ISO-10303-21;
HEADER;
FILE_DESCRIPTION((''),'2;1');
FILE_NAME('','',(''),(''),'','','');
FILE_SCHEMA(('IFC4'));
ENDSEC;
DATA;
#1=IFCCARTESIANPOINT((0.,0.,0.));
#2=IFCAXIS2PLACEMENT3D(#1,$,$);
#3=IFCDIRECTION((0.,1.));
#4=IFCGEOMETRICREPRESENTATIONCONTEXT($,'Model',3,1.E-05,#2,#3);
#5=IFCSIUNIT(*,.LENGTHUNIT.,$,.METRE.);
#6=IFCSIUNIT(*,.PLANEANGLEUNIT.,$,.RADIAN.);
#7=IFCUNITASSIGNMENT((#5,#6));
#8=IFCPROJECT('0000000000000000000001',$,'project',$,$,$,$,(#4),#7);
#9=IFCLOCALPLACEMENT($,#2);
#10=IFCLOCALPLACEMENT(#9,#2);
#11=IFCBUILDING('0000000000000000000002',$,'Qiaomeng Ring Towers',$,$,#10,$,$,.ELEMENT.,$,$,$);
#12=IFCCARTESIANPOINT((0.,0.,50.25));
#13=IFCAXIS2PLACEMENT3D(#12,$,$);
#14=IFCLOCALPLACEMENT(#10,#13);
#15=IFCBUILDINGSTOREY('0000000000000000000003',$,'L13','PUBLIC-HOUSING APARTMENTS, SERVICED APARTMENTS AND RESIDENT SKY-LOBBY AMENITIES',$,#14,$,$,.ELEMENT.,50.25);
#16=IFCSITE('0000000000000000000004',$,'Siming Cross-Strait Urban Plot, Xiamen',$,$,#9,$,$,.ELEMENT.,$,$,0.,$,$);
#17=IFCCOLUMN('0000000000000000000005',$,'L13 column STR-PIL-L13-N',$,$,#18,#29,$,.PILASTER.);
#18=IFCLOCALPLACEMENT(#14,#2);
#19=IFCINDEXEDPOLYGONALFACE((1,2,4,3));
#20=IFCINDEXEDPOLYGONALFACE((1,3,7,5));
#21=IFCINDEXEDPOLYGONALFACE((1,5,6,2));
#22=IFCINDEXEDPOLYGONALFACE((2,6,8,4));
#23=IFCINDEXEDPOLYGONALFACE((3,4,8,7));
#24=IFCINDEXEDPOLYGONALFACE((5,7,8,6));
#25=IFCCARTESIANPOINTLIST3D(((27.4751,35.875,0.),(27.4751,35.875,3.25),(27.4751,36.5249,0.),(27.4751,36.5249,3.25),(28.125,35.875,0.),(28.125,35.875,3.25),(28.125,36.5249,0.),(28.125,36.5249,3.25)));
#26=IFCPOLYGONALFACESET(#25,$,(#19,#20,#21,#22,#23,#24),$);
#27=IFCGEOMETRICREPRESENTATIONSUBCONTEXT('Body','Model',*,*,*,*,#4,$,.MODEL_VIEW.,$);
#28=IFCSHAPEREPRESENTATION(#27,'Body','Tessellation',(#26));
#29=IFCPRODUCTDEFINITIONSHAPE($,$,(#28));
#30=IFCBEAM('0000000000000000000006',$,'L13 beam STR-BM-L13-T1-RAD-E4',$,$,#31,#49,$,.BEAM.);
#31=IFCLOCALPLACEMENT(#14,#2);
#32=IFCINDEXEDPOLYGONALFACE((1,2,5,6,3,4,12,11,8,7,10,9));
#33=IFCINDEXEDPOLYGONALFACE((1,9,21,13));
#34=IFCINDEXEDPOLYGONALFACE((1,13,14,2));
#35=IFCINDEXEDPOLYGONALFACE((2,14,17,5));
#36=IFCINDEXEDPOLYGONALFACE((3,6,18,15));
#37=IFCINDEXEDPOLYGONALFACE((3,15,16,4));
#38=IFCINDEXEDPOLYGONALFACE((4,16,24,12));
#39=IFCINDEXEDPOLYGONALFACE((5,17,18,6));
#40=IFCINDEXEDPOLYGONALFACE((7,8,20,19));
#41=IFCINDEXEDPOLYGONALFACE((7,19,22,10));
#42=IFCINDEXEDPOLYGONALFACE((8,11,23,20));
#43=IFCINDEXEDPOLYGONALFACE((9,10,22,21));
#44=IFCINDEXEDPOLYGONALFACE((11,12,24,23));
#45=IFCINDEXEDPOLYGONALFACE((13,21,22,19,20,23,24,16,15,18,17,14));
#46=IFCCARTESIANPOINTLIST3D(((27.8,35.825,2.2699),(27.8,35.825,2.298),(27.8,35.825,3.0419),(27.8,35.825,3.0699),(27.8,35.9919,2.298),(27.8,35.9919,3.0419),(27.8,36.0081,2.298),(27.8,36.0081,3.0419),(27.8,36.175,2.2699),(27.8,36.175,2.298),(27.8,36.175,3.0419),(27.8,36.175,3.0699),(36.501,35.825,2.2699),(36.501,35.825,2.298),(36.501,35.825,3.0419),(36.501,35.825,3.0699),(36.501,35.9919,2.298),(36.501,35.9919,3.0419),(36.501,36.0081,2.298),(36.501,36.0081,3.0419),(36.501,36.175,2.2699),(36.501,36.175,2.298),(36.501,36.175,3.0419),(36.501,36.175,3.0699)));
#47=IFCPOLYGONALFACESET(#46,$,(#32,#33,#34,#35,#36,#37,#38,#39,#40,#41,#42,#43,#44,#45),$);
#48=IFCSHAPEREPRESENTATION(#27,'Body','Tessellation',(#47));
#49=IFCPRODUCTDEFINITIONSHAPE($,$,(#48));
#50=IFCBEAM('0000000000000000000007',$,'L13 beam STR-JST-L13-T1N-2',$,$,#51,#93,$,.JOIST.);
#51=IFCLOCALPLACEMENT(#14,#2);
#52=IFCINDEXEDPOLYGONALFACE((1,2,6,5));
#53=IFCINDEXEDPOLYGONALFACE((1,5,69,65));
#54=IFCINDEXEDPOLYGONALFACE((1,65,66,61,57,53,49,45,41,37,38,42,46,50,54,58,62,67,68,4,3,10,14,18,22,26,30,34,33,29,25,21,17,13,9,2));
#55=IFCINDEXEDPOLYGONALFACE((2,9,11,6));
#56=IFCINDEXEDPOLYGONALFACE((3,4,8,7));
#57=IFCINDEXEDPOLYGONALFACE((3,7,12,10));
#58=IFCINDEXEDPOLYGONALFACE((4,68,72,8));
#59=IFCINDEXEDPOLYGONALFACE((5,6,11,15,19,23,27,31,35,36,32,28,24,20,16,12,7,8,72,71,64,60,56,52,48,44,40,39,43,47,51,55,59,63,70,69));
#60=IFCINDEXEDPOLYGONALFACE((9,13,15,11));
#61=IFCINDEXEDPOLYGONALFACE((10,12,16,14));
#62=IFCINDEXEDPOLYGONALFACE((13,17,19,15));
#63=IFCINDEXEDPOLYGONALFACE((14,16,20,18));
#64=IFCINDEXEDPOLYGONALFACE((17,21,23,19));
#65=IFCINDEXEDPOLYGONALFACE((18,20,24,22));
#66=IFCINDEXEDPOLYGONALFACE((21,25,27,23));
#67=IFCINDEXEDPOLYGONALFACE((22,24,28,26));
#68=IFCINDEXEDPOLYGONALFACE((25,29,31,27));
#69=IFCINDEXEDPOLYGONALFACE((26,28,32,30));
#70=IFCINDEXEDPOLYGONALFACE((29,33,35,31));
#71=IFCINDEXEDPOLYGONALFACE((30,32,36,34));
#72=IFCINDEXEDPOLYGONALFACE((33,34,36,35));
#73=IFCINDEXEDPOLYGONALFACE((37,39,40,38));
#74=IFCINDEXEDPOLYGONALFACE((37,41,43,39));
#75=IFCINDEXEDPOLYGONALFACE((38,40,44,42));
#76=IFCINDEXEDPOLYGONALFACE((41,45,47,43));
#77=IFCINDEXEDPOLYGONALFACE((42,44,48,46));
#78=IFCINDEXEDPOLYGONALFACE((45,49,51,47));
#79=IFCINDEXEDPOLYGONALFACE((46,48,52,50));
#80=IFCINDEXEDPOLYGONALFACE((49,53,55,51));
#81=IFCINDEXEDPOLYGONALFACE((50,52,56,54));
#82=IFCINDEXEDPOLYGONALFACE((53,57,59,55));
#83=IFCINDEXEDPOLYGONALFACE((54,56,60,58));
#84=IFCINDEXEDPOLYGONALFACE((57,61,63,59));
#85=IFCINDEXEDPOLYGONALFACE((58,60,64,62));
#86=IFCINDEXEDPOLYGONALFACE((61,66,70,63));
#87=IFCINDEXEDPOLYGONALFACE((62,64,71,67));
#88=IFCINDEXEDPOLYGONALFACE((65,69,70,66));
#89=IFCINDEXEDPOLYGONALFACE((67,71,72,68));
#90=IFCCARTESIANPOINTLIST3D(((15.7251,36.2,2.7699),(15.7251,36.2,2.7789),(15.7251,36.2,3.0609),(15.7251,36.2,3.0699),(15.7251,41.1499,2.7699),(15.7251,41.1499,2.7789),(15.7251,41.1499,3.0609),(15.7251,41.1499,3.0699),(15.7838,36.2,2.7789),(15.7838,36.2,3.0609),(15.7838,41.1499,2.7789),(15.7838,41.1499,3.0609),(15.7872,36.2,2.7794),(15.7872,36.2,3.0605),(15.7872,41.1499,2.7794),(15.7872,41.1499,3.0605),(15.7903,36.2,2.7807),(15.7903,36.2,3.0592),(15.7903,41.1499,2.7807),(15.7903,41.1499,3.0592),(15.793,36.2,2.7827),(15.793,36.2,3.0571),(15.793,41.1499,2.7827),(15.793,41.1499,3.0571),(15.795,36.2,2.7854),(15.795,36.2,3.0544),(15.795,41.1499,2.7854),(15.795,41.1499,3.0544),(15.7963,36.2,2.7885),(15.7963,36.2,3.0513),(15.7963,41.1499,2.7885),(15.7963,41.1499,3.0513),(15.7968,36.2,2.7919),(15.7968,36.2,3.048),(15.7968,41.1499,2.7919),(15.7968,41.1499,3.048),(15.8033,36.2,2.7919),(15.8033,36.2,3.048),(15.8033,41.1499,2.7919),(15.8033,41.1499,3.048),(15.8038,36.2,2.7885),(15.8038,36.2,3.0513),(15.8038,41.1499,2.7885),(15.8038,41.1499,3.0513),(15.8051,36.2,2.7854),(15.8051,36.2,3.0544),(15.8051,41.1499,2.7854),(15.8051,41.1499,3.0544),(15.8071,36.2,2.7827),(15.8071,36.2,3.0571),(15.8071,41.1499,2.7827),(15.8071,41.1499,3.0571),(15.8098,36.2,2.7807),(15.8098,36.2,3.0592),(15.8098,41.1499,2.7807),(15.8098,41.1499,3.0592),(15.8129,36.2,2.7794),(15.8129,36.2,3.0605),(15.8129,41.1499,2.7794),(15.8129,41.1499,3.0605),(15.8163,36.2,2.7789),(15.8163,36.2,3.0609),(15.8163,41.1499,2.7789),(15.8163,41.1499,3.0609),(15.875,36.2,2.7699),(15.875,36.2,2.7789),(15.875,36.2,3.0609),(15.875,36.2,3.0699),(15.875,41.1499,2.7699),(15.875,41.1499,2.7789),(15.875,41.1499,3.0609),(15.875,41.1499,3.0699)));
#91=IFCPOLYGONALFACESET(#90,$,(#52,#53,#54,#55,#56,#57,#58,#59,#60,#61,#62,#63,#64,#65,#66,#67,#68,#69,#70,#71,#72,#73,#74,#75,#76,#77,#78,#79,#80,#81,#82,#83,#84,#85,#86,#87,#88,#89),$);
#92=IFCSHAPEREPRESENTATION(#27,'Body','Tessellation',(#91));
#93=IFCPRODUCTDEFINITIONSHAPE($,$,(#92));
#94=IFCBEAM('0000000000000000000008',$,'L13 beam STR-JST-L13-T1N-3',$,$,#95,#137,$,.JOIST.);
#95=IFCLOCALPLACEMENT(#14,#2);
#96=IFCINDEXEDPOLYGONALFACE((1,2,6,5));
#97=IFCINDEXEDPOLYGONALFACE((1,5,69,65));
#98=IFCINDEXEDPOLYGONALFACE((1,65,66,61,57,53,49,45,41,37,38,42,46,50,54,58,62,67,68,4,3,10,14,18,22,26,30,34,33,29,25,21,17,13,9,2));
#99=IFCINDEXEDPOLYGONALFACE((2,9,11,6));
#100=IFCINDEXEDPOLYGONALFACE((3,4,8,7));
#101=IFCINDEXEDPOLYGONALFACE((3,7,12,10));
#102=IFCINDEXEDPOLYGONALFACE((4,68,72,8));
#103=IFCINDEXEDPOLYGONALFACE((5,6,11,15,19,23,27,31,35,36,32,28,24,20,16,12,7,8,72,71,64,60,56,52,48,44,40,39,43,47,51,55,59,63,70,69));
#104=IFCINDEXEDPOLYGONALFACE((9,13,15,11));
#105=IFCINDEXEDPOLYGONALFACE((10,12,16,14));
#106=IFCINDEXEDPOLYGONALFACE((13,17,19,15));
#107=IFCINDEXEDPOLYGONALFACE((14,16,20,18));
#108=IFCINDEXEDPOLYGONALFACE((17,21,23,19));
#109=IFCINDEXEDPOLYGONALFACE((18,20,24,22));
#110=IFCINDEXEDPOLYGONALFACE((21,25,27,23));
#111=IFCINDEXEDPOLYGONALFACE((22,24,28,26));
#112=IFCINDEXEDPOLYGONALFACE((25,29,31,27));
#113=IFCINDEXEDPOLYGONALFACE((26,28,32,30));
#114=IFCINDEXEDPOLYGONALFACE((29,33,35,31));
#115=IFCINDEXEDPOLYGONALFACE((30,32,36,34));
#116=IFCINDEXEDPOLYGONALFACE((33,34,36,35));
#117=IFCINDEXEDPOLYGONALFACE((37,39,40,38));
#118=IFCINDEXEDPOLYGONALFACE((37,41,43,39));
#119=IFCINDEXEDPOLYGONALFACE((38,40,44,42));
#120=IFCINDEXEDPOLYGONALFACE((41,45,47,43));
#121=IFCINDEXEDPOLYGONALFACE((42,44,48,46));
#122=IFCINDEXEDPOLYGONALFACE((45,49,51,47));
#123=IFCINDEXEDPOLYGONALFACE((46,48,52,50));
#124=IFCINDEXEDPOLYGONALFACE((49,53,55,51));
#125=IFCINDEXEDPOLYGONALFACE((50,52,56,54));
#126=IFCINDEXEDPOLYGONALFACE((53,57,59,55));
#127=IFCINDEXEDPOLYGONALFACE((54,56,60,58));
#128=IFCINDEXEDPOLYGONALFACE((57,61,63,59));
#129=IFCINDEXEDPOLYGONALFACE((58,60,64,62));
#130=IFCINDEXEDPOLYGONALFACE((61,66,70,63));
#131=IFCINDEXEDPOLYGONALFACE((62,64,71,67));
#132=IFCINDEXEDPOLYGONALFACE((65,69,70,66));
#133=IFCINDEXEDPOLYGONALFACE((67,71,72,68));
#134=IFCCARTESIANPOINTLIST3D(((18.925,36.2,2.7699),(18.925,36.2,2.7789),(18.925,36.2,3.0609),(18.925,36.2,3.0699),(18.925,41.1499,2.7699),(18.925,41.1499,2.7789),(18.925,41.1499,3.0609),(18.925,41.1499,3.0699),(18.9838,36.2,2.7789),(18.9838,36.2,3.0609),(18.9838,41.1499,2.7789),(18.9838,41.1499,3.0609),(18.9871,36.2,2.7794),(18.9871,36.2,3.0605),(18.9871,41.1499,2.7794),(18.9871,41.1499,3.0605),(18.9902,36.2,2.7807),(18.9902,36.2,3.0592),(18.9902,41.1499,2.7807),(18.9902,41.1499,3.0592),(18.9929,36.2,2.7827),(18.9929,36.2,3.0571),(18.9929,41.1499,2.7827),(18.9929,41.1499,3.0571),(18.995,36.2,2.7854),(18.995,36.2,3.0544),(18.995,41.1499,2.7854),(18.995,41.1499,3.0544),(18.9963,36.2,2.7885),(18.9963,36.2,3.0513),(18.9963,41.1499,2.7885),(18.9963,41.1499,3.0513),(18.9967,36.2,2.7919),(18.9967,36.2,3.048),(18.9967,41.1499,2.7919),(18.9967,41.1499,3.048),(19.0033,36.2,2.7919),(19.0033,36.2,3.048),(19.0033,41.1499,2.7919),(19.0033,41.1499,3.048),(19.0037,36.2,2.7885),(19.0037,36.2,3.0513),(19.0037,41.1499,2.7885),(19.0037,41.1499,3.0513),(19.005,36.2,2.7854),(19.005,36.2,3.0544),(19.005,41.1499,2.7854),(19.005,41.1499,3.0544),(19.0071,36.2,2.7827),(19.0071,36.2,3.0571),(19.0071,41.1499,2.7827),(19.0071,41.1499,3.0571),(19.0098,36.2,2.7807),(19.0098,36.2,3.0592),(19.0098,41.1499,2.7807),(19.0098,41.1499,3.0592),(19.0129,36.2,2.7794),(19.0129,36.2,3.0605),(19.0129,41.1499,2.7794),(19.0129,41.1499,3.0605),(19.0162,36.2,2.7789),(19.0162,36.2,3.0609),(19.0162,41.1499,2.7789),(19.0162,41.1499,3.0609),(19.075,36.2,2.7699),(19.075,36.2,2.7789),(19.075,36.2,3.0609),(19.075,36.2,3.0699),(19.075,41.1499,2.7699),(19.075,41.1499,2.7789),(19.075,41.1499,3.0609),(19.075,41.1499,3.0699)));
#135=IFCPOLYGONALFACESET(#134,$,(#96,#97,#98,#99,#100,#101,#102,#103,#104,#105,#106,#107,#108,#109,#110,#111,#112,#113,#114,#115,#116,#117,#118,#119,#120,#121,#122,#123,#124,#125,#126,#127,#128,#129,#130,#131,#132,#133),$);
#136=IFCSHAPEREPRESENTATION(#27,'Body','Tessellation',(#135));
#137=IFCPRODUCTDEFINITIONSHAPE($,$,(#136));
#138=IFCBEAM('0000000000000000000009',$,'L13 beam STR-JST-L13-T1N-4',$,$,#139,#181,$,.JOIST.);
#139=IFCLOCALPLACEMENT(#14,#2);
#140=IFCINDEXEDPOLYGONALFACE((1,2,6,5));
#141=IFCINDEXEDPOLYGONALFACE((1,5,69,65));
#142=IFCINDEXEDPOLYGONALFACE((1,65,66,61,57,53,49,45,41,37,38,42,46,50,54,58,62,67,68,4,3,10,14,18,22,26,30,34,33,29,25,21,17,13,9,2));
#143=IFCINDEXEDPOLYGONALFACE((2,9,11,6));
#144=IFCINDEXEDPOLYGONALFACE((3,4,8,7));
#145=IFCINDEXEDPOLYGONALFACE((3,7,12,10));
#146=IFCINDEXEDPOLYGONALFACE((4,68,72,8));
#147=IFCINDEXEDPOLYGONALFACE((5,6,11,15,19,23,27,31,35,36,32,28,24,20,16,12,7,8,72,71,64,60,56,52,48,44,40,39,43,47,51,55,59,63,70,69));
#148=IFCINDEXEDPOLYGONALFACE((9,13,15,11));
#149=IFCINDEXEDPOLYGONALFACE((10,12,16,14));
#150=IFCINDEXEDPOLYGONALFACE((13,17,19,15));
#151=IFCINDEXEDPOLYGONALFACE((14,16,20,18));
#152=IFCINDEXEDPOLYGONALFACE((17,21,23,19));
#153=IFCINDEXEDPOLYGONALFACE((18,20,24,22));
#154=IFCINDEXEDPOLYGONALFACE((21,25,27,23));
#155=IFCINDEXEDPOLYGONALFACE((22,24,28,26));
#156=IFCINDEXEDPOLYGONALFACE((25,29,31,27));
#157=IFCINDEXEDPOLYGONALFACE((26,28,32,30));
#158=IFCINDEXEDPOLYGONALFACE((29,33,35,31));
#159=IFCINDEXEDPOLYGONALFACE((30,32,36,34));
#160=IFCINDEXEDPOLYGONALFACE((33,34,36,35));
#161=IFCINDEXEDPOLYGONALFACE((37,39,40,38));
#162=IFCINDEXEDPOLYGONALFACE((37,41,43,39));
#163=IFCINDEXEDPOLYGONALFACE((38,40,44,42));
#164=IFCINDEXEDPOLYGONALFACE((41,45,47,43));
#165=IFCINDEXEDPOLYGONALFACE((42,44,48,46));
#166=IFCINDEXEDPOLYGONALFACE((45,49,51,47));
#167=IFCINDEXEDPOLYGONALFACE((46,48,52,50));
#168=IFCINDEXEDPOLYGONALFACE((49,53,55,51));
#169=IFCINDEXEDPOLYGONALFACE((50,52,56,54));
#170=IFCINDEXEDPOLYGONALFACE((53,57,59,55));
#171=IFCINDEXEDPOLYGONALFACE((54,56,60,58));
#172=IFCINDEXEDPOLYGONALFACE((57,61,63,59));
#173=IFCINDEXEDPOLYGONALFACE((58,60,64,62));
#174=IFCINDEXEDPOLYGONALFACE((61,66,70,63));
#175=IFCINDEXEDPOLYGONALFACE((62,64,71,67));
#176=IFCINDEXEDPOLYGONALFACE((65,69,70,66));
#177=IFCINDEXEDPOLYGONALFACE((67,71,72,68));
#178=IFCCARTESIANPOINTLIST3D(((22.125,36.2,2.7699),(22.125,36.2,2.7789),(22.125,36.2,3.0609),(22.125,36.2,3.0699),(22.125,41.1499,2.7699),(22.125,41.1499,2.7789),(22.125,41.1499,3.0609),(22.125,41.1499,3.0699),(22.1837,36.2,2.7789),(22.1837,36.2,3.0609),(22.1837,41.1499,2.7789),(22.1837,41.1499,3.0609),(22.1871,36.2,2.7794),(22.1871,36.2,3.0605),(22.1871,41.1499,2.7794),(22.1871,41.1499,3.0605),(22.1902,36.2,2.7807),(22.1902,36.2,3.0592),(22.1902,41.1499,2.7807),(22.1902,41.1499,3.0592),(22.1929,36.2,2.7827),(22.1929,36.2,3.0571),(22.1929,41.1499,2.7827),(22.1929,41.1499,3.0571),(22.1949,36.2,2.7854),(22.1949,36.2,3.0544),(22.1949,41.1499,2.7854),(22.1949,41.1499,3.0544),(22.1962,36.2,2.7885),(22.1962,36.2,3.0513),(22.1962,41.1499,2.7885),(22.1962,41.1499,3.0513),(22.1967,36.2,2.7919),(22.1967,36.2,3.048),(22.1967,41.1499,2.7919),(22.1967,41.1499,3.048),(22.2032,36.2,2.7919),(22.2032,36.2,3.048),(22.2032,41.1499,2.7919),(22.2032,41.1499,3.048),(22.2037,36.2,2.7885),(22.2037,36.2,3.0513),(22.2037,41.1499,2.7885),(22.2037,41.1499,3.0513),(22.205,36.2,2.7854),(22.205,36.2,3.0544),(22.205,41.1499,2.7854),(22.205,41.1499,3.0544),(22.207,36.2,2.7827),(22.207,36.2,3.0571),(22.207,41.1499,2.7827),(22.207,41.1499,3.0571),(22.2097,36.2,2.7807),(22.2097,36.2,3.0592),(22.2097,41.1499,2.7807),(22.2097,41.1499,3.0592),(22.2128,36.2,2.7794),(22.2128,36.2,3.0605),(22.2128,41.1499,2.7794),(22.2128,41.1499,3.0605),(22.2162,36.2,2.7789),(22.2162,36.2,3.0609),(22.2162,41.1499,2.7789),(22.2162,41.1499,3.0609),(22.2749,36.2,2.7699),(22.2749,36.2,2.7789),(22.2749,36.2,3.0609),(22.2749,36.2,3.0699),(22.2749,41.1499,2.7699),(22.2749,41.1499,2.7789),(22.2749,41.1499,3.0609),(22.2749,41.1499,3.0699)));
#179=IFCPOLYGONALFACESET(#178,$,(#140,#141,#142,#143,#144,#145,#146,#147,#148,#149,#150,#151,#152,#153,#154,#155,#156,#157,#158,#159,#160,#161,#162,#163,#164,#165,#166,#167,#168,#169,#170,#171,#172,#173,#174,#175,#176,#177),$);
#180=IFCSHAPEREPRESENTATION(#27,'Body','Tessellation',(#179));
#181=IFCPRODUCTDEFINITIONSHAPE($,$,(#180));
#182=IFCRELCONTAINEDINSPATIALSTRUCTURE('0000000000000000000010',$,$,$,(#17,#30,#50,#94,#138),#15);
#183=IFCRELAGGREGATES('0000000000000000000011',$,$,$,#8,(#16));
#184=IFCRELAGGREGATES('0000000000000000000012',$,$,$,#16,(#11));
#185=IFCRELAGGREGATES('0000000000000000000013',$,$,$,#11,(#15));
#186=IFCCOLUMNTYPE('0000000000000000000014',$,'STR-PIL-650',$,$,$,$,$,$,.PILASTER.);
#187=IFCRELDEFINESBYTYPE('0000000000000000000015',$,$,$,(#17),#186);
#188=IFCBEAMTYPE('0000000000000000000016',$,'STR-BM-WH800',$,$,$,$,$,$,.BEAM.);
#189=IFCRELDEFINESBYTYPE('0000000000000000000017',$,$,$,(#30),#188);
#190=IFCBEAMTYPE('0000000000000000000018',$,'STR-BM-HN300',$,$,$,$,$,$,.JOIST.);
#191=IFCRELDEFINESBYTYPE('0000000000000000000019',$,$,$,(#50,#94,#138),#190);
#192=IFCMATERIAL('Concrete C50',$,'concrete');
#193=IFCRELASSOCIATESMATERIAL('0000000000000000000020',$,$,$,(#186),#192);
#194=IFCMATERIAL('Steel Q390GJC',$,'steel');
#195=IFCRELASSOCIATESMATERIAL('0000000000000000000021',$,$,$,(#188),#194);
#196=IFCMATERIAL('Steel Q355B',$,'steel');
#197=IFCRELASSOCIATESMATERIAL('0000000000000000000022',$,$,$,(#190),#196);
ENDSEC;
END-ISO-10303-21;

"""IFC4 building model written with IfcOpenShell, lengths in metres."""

from ifc_helpers import new_model, si_unit, direction, frame, origin, origin_2d, place, context, subcontext, project, spatial, rectangle, i_section, extrude, source, transform, mapped, material, material_profile, profile_set, type_object, element, save


model = new_model("IFC4")

# Units and contexts
model_context = context("Model", 3, precision=1e-05, world=origin(), true_north=direction((0.0, 1.0)))
body_context = subcontext(model_context, "Body", "Model", "MODEL_VIEW")
ifc_project = project(units=[si_unit("LENGTHUNIT", "METRE"), si_unit("PLANEANGLEUNIT", "RADIAN")], contexts=[model_context])

# Site, building, storey
site_placement = place(None, origin())
site = spatial("IfcSite", under=ifc_project, at=site_placement, Name="Siming Cross-Strait Urban Plot, Xiamen", CompositionType="ELEMENT", RefElevation=0.0)
building_placement = place(site_placement, origin())
building = spatial("IfcBuilding", under=site, at=building_placement, Name="Qiaomeng Ring Towers", CompositionType="ELEMENT")
storey_placement = place(building_placement, frame((0.0, 0.0, 50.25)))
storey = spatial("IfcBuildingStorey", under=building, at=storey_placement, Name="L13", Description="PUBLIC-HOUSING APARTMENTS, SERVICED APARTMENTS AND RESIDENT SKY-LOBBY AMENITIES", CompositionType="ELEMENT", Elevation=50.25)

# Column
ifc_material_1 = material(Name="Concrete C50", Category="concrete")
ifc_material_profile_1 = material_profile(ifc_material_1, rectangle(XDim=0.6499, YDim=0.6499, at=origin_2d()), Name="RC COL 650x650")
ifc_profile_set_1 = profile_set([ifc_material_profile_1], Name="Concrete C50")
column_type = type_object("IfcColumnType", Name="STR-PIL-650", PredefinedType="PILASTER", material=ifc_profile_set_1)
shared_shape_1 = source(origin(), body_context, "Body", "SweptSolid", [
    extrude(rectangle(XDim=0.6499, YDim=0.6499, at=origin_2d()), origin(), (0.0, 0.0, 1.0), 3.25),
])
column_placement = place(storey_placement, frame((27.8, 36.2, 0.0), z_axis=(0.0, 0.0, 1.0), x_axis=(1.0, 0.0, 0.0)))
element("IfcColumn", 1, at=column_placement, inside=storey, type_object=column_type, Name="L13 column STR-PIL-L13-N", PredefinedType="PILASTER", context=body_context, shape_type="MappedRepresentation", body=[
    mapped(shared_shape_1, transform((0.0, 0.0, 0.0), x_axis=(1.0, 0.0, 0.0), y_axis=(0.0, 1.0, 0.0), z_axis=(0.0, 0.0, 1.0), scale=1.0)),
])

# Beams
ifc_material_2 = material(Name="Steel Q390GJC", Category="steel")
ifc_material_profile_2 = material_profile(ifc_material_2, i_section(OverallWidth=0.3501, OverallDepth=0.8, WebThickness=0.0161, FlangeThickness=0.0281, at=origin_2d()), Name="WH 800x350x16x28")
ifc_profile_set_2 = profile_set([ifc_material_profile_2], Name="Steel Q390GJC")
beam_type_1 = type_object("IfcBeamType", Name="STR-BM-WH800", PredefinedType="BEAM", material=ifc_profile_set_2)
shared_shape_2 = source(origin(), body_context, "Body", "SweptSolid", [
    extrude(i_section(OverallWidth=0.3501, OverallDepth=0.8, WebThickness=0.0161, FlangeThickness=0.0281, at=origin_2d()), origin(), (0.0, 0.0, 1.0), 8.7009),
])
beam_placement = place(storey_placement, frame((27.8, 36.0, 2.6699), z_axis=(1.0, 0.0, 0.0), x_axis=(0.0, 1.0, 0.0)))
element("IfcBeam", 2, at=beam_placement, inside=storey, type_object=beam_type_1, Name="L13 beam STR-BM-L13-T1-RAD-E4", PredefinedType="BEAM", context=body_context, shape_type="MappedRepresentation", body=[
    mapped(shared_shape_2, transform((0.0, 0.0, 0.0), x_axis=(1.0, 0.0, 0.0), y_axis=(0.0, 1.0, 0.0), z_axis=(0.0, 0.0, 1.0), scale=1.0)),
])
ifc_material_3 = material(Name="Steel Q355B", Category="steel")
ifc_material_profile_3 = material_profile(ifc_material_3, i_section(OverallWidth=0.1499, OverallDepth=0.3, WebThickness=0.0066, FlangeThickness=0.009, FilletRadius=0.0129, at=origin_2d()), Name="HN 300x150x6.5x9")
ifc_profile_set_3 = profile_set([ifc_material_profile_3], Name="Steel Q355B")
beam_type_2 = type_object("IfcBeamType", Name="STR-BM-HN300", PredefinedType="JOIST", material=ifc_profile_set_3)
shared_shape_3 = source(origin(), body_context, "Body", "SweptSolid", [
    extrude(i_section(OverallWidth=0.1499, OverallDepth=0.3, WebThickness=0.0066, FlangeThickness=0.009, FilletRadius=0.0129, at=origin_2d()), origin(), (0.0, 0.0, 1.0), 4.95),
])
for number, where, z_axis, x_axis, name in (
    (3, (15.8, 36.2, 2.9199), (0.0, 1.0, 0.0), (-1.0, 0.0, 0.0), "L13 beam STR-JST-L13-T1N-2"),
    (4, (19.0, 36.2, 2.9199), (0.0, 1.0, 0.0), (-1.0, 0.0, 0.0), "L13 beam STR-JST-L13-T1N-3"),
    (5, (22.2, 36.2, 2.9199), (0.0, 1.0, 0.0), (-1.0, 0.0, 0.0), "L13 beam STR-JST-L13-T1N-4"),
):
    element("IfcBeam", number, at=place(storey_placement, frame(where, z_axis=z_axis, x_axis=x_axis)), inside=storey, type_object=beam_type_2, Name=name, PredefinedType="JOIST", context=body_context, shape_type="MappedRepresentation", body=[
        mapped(shared_shape_3, transform((0.0, 0.0, 0.0), x_axis=(1.0, 0.0, 0.0), y_axis=(0.0, 1.0, 0.0), z_axis=(0.0, 0.0, 1.0), scale=1.0)),
    ])

save(model, "model.ifc")
